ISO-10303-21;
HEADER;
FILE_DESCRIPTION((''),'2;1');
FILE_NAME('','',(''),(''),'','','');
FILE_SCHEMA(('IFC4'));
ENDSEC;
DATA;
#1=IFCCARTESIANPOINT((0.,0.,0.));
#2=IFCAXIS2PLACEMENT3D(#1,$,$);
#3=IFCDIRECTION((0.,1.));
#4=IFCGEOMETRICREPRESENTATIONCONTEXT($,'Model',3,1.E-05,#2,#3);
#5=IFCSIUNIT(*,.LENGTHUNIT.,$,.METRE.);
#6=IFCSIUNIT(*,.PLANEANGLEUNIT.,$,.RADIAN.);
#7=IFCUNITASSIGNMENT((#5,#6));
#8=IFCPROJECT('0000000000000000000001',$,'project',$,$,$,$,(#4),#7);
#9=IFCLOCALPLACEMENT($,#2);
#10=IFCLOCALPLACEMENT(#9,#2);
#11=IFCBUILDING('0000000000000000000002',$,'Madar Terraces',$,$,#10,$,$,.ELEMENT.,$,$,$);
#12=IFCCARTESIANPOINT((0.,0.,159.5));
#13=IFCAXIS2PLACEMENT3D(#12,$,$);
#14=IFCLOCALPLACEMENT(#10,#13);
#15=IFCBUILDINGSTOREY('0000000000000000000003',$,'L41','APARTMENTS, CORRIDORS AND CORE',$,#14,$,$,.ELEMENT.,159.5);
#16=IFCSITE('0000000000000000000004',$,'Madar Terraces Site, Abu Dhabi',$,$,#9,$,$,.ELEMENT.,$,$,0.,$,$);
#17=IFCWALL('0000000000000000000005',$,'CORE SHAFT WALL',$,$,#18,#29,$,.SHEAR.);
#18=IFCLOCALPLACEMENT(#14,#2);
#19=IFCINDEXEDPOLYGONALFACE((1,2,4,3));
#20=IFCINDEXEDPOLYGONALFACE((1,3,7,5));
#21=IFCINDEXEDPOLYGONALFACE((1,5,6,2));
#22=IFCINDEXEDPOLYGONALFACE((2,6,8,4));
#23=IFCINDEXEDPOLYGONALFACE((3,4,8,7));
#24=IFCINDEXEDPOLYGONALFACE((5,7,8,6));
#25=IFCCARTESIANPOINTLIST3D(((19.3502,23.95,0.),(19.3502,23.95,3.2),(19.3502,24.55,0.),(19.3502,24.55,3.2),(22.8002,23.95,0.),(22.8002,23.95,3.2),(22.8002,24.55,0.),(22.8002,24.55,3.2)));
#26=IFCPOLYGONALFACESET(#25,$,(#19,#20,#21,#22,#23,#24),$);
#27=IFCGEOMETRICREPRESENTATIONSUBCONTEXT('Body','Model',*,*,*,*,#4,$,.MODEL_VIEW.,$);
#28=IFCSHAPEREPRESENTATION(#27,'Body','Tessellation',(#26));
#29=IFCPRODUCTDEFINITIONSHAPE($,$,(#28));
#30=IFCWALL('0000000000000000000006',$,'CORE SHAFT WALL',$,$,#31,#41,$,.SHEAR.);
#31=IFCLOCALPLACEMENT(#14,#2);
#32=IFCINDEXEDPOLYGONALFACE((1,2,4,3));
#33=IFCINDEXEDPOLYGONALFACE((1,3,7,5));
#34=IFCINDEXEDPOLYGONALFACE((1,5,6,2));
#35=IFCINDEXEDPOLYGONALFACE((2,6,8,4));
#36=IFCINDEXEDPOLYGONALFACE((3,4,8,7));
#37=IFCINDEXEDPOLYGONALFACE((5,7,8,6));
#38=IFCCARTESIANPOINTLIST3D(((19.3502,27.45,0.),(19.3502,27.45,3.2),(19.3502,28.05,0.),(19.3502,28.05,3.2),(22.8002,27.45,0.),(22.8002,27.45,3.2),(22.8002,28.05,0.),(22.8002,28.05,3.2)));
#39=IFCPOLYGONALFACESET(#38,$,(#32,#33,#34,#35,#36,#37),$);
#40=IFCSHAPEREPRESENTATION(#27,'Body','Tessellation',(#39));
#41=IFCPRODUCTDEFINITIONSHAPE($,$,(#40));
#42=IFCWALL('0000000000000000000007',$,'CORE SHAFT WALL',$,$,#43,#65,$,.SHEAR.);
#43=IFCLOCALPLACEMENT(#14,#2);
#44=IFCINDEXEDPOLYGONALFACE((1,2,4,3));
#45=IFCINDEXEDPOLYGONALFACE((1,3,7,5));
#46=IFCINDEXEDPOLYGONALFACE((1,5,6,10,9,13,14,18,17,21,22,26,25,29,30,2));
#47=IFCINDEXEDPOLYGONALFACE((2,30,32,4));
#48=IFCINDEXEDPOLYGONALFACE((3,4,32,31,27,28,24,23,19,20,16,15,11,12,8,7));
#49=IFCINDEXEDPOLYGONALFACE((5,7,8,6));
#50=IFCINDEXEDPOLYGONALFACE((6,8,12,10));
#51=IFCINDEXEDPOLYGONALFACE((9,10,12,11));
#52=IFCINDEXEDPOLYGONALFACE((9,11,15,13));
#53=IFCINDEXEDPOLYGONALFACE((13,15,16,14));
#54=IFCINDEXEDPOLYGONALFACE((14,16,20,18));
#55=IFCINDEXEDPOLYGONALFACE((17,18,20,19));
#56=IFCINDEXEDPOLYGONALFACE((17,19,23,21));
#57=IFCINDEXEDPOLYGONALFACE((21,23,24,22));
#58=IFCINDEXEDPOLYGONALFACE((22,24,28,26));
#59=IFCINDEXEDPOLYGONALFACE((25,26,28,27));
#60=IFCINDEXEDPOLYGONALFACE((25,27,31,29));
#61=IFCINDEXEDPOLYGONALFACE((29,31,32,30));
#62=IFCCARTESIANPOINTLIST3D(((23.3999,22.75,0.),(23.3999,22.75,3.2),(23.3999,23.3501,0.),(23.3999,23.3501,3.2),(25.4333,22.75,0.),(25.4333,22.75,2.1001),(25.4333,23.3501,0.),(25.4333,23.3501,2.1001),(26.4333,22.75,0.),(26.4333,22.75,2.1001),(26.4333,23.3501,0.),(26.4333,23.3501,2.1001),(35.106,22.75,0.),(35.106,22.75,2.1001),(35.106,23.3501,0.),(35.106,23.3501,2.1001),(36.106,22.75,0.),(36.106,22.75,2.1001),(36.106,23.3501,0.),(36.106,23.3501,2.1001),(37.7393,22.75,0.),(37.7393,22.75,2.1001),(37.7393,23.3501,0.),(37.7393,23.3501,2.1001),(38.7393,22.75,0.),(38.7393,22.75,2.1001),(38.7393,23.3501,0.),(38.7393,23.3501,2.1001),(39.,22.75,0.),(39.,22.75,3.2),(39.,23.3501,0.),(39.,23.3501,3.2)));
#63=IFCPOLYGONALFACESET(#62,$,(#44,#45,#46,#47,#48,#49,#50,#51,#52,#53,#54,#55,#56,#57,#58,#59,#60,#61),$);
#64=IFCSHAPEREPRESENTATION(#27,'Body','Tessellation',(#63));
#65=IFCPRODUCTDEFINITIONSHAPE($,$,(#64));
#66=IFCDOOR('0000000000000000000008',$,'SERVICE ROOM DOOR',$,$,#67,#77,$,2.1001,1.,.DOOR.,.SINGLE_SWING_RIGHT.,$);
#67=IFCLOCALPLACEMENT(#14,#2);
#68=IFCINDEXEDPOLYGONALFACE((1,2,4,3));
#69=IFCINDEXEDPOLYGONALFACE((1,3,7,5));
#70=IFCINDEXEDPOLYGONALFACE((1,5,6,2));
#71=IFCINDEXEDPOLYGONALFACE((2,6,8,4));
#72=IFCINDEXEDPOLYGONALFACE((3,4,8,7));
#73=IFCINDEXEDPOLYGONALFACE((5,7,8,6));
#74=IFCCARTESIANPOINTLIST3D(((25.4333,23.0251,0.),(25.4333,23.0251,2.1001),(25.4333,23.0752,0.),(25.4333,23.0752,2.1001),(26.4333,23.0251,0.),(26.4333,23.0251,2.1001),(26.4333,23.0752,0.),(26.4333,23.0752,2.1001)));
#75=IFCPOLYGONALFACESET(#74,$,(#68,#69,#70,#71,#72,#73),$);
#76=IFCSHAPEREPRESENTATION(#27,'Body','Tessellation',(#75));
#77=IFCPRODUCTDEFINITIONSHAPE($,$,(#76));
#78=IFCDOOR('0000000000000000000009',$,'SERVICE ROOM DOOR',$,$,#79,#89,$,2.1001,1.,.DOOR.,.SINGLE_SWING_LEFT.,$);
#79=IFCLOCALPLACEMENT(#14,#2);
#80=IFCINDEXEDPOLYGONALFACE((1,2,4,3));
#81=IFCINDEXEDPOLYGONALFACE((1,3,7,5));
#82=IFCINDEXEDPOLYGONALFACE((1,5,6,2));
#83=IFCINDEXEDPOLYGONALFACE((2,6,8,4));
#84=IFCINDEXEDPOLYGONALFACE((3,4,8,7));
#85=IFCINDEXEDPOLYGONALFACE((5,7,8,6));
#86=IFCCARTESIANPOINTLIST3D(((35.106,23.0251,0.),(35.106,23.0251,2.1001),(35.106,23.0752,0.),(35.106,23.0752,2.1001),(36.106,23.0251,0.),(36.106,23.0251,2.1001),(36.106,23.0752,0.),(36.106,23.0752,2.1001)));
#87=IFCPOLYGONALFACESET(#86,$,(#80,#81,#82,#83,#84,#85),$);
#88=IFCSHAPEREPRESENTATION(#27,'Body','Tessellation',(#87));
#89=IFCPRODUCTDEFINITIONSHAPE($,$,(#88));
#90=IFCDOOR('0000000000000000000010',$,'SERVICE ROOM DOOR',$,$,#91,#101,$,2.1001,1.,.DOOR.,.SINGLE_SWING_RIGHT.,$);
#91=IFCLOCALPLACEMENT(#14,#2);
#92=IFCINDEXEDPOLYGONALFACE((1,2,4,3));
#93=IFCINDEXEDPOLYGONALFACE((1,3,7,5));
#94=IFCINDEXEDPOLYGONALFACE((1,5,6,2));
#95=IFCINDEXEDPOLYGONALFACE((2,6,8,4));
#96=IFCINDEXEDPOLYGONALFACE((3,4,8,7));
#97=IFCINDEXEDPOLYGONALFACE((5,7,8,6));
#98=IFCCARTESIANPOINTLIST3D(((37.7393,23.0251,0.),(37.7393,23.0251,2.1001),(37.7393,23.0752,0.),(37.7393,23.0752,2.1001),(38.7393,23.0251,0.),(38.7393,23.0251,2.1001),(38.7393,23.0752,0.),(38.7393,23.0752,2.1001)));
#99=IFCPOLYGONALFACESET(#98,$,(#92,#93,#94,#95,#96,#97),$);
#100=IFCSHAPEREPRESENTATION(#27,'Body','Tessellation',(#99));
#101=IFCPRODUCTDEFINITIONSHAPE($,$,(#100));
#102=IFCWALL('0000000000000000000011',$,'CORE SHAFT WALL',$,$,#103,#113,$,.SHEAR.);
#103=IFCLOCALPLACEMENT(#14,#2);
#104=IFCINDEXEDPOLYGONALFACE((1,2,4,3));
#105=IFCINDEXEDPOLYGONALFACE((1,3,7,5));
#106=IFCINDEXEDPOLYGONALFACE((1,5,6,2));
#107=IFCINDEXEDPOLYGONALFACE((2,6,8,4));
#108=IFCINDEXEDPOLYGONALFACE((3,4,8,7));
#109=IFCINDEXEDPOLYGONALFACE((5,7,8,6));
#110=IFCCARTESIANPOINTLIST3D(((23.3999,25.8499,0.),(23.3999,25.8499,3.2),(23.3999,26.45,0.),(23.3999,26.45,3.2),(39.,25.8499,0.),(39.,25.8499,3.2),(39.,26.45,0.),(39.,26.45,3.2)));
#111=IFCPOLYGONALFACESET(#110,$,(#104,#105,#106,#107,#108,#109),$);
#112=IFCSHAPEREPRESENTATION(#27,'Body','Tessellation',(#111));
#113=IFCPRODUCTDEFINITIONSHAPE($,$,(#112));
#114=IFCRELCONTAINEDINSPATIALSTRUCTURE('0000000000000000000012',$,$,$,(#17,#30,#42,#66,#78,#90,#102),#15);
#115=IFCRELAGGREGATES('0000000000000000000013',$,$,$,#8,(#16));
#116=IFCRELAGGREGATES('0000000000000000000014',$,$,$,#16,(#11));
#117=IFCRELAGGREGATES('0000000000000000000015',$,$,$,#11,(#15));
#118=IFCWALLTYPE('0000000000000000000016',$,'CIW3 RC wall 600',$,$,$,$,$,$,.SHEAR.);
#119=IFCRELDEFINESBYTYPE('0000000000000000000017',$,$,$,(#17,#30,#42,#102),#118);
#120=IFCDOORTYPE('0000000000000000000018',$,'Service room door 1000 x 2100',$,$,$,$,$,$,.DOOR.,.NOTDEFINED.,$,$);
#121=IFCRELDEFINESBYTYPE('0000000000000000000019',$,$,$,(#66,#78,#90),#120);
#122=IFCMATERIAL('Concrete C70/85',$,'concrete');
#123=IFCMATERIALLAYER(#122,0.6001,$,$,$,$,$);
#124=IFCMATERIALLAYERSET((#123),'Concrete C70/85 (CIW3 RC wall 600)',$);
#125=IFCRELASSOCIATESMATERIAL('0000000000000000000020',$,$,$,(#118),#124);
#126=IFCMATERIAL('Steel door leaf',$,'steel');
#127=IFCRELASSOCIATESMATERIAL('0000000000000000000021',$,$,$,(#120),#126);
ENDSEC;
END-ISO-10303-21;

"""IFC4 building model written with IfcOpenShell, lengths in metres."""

from ifc_helpers import new_model, si_unit, direction, frame, frame_2d, origin, place, context, subcontext, project, spatial, rectangle, extrude, material, layer, layer_set, type_object, element, fill, save


model = new_model("IFC4")

# Units and contexts
model_context = context("Model", 3, precision=1e-05, world=origin(), true_north=direction((0.0, 1.0)))
body_context = subcontext(model_context, "Body", "Model", "MODEL_VIEW")
ifc_project = project(units=[si_unit("LENGTHUNIT", "METRE"), si_unit("PLANEANGLEUNIT", "RADIAN")], contexts=[model_context])

# Site, building, storey
site_placement = place(None, origin())
site = spatial("IfcSite", under=ifc_project, at=site_placement, Name="Madar Terraces Site, Abu Dhabi", CompositionType="ELEMENT", RefElevation=0.0)
building_placement = place(site_placement, origin())
building = spatial("IfcBuilding", under=site, at=building_placement, Name="Madar Terraces", CompositionType="ELEMENT")
storey_placement = place(building_placement, frame((0.0, 0.0, 159.5)))
storey = spatial("IfcBuildingStorey", under=building, at=storey_placement, Name="L41", Description="APARTMENTS, CORRIDORS AND CORE", CompositionType="ELEMENT", Elevation=159.5)

# Walls
ifc_material_1 = material(Name="Concrete C70/85", Category="concrete")
ifc_layer_1 = layer(ifc_material_1, 0.6001)
ifc_layer_set_1 = layer_set([ifc_layer_1], Name="Concrete C70/85 (CIW3 RC wall 600)")
wall_type_1 = type_object("IfcWallType", Name="CIW3 RC wall 600", PredefinedType="SHEAR", material=ifc_layer_set_1)
for number, where, z_axis, x_axis, name in (
    (1, (19.3501, 24.25, 0.0), (0.0, 0.0, 1.0), (1.0, 0.0, 0.0), "CORE SHAFT WALL"),
    (2, (19.3501, 27.75, 0.0), (0.0, 0.0, 1.0), (1.0, 0.0, 0.0), "CORE SHAFT WALL"),
):
    element("IfcWall", number, at=place(storey_placement, frame(where, z_axis=z_axis, x_axis=x_axis)), inside=storey, type_object=wall_type_1, Name=name, PredefinedType="SHEAR", context=body_context, shape_type="SweptSolid", body=[
        extrude(rectangle(XDim=3.45, YDim=0.6001, at=frame_2d((1.7251, 0.0))), origin(), (0.0, 0.0, 1.0), 3.2),
    ])

# Wall, openings, doors
wall_1_placement = place(storey_placement, frame((23.3999, 23.05, 0.0), z_axis=(0.0, 0.0, 1.0), x_axis=(1.0, 0.0, 0.0)))
wall_1 = element("IfcWall", 3, at=wall_1_placement, inside=storey, type_object=wall_type_1, Name="CORE SHAFT WALL", PredefinedType="SHEAR", context=body_context, shape_type="SweptSolid", body=[
    extrude(rectangle(XDim=15.6001, YDim=0.6001, at=frame_2d((7.8, 0.0))), origin(), (0.0, 0.0, 1.0), 3.2),
])
opening_1_placement = place(wall_1_placement, frame((2.0334, 0.0, 0.0)))
opening_1 = element("IfcOpeningElement", 4, at=opening_1_placement, cuts=wall_1, PredefinedType="OPENING", context=body_context, shape_type="SweptSolid", body=[
    extrude(rectangle(XDim=1.0, YDim=2.1001, at=frame_2d((0.5, 1.05))), frame((0.0, 0.3101, 0.0), z_axis=(0.0, -1.0, 0.0), x_axis=(1.0, 0.0, 0.0)), (0.0, 0.0, 1.0), 0.6201),
])
opening_2_placement = place(wall_1_placement, frame((11.7061, 0.0, 0.0)))
opening_2 = element("IfcOpeningElement", 5, at=opening_2_placement, cuts=wall_1, PredefinedType="OPENING", context=body_context, shape_type="SweptSolid", body=[
    extrude(rectangle(XDim=1.0, YDim=2.1001, at=frame_2d((0.5, 1.05))), frame((0.0, 0.3101, 0.0), z_axis=(0.0, -1.0, 0.0), x_axis=(1.0, 0.0, 0.0)), (0.0, 0.0, 1.0), 0.6201),
])
opening_3_placement = place(wall_1_placement, frame((14.3394, 0.0, 0.0)))
opening_3 = element("IfcOpeningElement", 6, at=opening_3_placement, cuts=wall_1, PredefinedType="OPENING", context=body_context, shape_type="SweptSolid", body=[
    extrude(rectangle(XDim=1.0, YDim=2.1001, at=frame_2d((0.5, 1.05))), frame((0.0, 0.3101, 0.0), z_axis=(0.0, -1.0, 0.0), x_axis=(1.0, 0.0, 0.0)), (0.0, 0.0, 1.0), 0.6201),
])
ifc_material_2 = material(Name="Steel door leaf", Category="steel")
door_type_1 = type_object("IfcDoorType", Name="Service room door 1000 x 2100", OperationType="NOTDEFINED", PredefinedType="DOOR", material=ifc_material_2)
door_1_placement = place(opening_1_placement, frame((1.0, 0.0, 0.0), z_axis=(0.0, 0.0, 1.0), x_axis=(-1.0, 0.0, 0.0)))
door_1 = element("IfcDoor", 7, at=door_1_placement, inside=storey, type_object=door_type_1, Name="SERVICE ROOM DOOR", OperationType="SINGLE_SWING_RIGHT", OverallHeight=2.1001, OverallWidth=1.0, PredefinedType="DOOR", context=body_context, shape_type="SweptSolid", body=[
    extrude(rectangle(XDim=1.0, YDim=2.1001, at=frame_2d((0.5, 1.05))), frame((0.0, 0.0249, 0.0), z_axis=(0.0, -1.0, 0.0), x_axis=(1.0, 0.0, 0.0)), (0.0, 0.0, 1.0), 0.05),
])
fill(opening_1, door_1)
door_2_placement = place(opening_2_placement, frame((1.0, 0.0, 0.0), z_axis=(0.0, 0.0, 1.0), x_axis=(-1.0, 0.0, 0.0)))
door_2 = element("IfcDoor", 8, at=door_2_placement, inside=storey, type_object=door_type_1, Name="SERVICE ROOM DOOR", OperationType="SINGLE_SWING_LEFT", OverallHeight=2.1001, OverallWidth=1.0, PredefinedType="DOOR", context=body_context, shape_type="SweptSolid", body=[
    extrude(rectangle(XDim=1.0, YDim=2.1001, at=frame_2d((0.5, 1.05))), frame((0.0, 0.0249, 0.0), z_axis=(0.0, -1.0, 0.0), x_axis=(1.0, 0.0, 0.0)), (0.0, 0.0, 1.0), 0.05),
])
fill(opening_2, door_2)
door_3_placement = place(opening_3_placement, frame((1.0, 0.0, 0.0), z_axis=(0.0, 0.0, 1.0), x_axis=(-1.0, 0.0, 0.0)))
door_3 = element("IfcDoor", 9, at=door_3_placement, inside=storey, type_object=door_type_1, Name="SERVICE ROOM DOOR", OperationType="SINGLE_SWING_RIGHT", OverallHeight=2.1001, OverallWidth=1.0, PredefinedType="DOOR", context=body_context, shape_type="SweptSolid", body=[
    extrude(rectangle(XDim=1.0, YDim=2.1001, at=frame_2d((0.5, 1.05))), frame((0.0, 0.0249, 0.0), z_axis=(0.0, -1.0, 0.0), x_axis=(1.0, 0.0, 0.0)), (0.0, 0.0, 1.0), 0.05),
])
fill(opening_3, door_3)

# Wall
wall_2_placement = place(storey_placement, frame((23.3999, 26.1499, 0.0), z_axis=(0.0, 0.0, 1.0), x_axis=(1.0, 0.0, 0.0)))
element("IfcWall", 10, at=wall_2_placement, inside=storey, type_object=wall_type_1, Name="CORE SHAFT WALL", PredefinedType="SHEAR", context=body_context, shape_type="SweptSolid", body=[
    extrude(rectangle(XDim=15.6001, YDim=0.6001, at=frame_2d((7.8, 0.0))), origin(), (0.0, 0.0, 1.0), 3.2),
])

save(model, "model.ifc")
